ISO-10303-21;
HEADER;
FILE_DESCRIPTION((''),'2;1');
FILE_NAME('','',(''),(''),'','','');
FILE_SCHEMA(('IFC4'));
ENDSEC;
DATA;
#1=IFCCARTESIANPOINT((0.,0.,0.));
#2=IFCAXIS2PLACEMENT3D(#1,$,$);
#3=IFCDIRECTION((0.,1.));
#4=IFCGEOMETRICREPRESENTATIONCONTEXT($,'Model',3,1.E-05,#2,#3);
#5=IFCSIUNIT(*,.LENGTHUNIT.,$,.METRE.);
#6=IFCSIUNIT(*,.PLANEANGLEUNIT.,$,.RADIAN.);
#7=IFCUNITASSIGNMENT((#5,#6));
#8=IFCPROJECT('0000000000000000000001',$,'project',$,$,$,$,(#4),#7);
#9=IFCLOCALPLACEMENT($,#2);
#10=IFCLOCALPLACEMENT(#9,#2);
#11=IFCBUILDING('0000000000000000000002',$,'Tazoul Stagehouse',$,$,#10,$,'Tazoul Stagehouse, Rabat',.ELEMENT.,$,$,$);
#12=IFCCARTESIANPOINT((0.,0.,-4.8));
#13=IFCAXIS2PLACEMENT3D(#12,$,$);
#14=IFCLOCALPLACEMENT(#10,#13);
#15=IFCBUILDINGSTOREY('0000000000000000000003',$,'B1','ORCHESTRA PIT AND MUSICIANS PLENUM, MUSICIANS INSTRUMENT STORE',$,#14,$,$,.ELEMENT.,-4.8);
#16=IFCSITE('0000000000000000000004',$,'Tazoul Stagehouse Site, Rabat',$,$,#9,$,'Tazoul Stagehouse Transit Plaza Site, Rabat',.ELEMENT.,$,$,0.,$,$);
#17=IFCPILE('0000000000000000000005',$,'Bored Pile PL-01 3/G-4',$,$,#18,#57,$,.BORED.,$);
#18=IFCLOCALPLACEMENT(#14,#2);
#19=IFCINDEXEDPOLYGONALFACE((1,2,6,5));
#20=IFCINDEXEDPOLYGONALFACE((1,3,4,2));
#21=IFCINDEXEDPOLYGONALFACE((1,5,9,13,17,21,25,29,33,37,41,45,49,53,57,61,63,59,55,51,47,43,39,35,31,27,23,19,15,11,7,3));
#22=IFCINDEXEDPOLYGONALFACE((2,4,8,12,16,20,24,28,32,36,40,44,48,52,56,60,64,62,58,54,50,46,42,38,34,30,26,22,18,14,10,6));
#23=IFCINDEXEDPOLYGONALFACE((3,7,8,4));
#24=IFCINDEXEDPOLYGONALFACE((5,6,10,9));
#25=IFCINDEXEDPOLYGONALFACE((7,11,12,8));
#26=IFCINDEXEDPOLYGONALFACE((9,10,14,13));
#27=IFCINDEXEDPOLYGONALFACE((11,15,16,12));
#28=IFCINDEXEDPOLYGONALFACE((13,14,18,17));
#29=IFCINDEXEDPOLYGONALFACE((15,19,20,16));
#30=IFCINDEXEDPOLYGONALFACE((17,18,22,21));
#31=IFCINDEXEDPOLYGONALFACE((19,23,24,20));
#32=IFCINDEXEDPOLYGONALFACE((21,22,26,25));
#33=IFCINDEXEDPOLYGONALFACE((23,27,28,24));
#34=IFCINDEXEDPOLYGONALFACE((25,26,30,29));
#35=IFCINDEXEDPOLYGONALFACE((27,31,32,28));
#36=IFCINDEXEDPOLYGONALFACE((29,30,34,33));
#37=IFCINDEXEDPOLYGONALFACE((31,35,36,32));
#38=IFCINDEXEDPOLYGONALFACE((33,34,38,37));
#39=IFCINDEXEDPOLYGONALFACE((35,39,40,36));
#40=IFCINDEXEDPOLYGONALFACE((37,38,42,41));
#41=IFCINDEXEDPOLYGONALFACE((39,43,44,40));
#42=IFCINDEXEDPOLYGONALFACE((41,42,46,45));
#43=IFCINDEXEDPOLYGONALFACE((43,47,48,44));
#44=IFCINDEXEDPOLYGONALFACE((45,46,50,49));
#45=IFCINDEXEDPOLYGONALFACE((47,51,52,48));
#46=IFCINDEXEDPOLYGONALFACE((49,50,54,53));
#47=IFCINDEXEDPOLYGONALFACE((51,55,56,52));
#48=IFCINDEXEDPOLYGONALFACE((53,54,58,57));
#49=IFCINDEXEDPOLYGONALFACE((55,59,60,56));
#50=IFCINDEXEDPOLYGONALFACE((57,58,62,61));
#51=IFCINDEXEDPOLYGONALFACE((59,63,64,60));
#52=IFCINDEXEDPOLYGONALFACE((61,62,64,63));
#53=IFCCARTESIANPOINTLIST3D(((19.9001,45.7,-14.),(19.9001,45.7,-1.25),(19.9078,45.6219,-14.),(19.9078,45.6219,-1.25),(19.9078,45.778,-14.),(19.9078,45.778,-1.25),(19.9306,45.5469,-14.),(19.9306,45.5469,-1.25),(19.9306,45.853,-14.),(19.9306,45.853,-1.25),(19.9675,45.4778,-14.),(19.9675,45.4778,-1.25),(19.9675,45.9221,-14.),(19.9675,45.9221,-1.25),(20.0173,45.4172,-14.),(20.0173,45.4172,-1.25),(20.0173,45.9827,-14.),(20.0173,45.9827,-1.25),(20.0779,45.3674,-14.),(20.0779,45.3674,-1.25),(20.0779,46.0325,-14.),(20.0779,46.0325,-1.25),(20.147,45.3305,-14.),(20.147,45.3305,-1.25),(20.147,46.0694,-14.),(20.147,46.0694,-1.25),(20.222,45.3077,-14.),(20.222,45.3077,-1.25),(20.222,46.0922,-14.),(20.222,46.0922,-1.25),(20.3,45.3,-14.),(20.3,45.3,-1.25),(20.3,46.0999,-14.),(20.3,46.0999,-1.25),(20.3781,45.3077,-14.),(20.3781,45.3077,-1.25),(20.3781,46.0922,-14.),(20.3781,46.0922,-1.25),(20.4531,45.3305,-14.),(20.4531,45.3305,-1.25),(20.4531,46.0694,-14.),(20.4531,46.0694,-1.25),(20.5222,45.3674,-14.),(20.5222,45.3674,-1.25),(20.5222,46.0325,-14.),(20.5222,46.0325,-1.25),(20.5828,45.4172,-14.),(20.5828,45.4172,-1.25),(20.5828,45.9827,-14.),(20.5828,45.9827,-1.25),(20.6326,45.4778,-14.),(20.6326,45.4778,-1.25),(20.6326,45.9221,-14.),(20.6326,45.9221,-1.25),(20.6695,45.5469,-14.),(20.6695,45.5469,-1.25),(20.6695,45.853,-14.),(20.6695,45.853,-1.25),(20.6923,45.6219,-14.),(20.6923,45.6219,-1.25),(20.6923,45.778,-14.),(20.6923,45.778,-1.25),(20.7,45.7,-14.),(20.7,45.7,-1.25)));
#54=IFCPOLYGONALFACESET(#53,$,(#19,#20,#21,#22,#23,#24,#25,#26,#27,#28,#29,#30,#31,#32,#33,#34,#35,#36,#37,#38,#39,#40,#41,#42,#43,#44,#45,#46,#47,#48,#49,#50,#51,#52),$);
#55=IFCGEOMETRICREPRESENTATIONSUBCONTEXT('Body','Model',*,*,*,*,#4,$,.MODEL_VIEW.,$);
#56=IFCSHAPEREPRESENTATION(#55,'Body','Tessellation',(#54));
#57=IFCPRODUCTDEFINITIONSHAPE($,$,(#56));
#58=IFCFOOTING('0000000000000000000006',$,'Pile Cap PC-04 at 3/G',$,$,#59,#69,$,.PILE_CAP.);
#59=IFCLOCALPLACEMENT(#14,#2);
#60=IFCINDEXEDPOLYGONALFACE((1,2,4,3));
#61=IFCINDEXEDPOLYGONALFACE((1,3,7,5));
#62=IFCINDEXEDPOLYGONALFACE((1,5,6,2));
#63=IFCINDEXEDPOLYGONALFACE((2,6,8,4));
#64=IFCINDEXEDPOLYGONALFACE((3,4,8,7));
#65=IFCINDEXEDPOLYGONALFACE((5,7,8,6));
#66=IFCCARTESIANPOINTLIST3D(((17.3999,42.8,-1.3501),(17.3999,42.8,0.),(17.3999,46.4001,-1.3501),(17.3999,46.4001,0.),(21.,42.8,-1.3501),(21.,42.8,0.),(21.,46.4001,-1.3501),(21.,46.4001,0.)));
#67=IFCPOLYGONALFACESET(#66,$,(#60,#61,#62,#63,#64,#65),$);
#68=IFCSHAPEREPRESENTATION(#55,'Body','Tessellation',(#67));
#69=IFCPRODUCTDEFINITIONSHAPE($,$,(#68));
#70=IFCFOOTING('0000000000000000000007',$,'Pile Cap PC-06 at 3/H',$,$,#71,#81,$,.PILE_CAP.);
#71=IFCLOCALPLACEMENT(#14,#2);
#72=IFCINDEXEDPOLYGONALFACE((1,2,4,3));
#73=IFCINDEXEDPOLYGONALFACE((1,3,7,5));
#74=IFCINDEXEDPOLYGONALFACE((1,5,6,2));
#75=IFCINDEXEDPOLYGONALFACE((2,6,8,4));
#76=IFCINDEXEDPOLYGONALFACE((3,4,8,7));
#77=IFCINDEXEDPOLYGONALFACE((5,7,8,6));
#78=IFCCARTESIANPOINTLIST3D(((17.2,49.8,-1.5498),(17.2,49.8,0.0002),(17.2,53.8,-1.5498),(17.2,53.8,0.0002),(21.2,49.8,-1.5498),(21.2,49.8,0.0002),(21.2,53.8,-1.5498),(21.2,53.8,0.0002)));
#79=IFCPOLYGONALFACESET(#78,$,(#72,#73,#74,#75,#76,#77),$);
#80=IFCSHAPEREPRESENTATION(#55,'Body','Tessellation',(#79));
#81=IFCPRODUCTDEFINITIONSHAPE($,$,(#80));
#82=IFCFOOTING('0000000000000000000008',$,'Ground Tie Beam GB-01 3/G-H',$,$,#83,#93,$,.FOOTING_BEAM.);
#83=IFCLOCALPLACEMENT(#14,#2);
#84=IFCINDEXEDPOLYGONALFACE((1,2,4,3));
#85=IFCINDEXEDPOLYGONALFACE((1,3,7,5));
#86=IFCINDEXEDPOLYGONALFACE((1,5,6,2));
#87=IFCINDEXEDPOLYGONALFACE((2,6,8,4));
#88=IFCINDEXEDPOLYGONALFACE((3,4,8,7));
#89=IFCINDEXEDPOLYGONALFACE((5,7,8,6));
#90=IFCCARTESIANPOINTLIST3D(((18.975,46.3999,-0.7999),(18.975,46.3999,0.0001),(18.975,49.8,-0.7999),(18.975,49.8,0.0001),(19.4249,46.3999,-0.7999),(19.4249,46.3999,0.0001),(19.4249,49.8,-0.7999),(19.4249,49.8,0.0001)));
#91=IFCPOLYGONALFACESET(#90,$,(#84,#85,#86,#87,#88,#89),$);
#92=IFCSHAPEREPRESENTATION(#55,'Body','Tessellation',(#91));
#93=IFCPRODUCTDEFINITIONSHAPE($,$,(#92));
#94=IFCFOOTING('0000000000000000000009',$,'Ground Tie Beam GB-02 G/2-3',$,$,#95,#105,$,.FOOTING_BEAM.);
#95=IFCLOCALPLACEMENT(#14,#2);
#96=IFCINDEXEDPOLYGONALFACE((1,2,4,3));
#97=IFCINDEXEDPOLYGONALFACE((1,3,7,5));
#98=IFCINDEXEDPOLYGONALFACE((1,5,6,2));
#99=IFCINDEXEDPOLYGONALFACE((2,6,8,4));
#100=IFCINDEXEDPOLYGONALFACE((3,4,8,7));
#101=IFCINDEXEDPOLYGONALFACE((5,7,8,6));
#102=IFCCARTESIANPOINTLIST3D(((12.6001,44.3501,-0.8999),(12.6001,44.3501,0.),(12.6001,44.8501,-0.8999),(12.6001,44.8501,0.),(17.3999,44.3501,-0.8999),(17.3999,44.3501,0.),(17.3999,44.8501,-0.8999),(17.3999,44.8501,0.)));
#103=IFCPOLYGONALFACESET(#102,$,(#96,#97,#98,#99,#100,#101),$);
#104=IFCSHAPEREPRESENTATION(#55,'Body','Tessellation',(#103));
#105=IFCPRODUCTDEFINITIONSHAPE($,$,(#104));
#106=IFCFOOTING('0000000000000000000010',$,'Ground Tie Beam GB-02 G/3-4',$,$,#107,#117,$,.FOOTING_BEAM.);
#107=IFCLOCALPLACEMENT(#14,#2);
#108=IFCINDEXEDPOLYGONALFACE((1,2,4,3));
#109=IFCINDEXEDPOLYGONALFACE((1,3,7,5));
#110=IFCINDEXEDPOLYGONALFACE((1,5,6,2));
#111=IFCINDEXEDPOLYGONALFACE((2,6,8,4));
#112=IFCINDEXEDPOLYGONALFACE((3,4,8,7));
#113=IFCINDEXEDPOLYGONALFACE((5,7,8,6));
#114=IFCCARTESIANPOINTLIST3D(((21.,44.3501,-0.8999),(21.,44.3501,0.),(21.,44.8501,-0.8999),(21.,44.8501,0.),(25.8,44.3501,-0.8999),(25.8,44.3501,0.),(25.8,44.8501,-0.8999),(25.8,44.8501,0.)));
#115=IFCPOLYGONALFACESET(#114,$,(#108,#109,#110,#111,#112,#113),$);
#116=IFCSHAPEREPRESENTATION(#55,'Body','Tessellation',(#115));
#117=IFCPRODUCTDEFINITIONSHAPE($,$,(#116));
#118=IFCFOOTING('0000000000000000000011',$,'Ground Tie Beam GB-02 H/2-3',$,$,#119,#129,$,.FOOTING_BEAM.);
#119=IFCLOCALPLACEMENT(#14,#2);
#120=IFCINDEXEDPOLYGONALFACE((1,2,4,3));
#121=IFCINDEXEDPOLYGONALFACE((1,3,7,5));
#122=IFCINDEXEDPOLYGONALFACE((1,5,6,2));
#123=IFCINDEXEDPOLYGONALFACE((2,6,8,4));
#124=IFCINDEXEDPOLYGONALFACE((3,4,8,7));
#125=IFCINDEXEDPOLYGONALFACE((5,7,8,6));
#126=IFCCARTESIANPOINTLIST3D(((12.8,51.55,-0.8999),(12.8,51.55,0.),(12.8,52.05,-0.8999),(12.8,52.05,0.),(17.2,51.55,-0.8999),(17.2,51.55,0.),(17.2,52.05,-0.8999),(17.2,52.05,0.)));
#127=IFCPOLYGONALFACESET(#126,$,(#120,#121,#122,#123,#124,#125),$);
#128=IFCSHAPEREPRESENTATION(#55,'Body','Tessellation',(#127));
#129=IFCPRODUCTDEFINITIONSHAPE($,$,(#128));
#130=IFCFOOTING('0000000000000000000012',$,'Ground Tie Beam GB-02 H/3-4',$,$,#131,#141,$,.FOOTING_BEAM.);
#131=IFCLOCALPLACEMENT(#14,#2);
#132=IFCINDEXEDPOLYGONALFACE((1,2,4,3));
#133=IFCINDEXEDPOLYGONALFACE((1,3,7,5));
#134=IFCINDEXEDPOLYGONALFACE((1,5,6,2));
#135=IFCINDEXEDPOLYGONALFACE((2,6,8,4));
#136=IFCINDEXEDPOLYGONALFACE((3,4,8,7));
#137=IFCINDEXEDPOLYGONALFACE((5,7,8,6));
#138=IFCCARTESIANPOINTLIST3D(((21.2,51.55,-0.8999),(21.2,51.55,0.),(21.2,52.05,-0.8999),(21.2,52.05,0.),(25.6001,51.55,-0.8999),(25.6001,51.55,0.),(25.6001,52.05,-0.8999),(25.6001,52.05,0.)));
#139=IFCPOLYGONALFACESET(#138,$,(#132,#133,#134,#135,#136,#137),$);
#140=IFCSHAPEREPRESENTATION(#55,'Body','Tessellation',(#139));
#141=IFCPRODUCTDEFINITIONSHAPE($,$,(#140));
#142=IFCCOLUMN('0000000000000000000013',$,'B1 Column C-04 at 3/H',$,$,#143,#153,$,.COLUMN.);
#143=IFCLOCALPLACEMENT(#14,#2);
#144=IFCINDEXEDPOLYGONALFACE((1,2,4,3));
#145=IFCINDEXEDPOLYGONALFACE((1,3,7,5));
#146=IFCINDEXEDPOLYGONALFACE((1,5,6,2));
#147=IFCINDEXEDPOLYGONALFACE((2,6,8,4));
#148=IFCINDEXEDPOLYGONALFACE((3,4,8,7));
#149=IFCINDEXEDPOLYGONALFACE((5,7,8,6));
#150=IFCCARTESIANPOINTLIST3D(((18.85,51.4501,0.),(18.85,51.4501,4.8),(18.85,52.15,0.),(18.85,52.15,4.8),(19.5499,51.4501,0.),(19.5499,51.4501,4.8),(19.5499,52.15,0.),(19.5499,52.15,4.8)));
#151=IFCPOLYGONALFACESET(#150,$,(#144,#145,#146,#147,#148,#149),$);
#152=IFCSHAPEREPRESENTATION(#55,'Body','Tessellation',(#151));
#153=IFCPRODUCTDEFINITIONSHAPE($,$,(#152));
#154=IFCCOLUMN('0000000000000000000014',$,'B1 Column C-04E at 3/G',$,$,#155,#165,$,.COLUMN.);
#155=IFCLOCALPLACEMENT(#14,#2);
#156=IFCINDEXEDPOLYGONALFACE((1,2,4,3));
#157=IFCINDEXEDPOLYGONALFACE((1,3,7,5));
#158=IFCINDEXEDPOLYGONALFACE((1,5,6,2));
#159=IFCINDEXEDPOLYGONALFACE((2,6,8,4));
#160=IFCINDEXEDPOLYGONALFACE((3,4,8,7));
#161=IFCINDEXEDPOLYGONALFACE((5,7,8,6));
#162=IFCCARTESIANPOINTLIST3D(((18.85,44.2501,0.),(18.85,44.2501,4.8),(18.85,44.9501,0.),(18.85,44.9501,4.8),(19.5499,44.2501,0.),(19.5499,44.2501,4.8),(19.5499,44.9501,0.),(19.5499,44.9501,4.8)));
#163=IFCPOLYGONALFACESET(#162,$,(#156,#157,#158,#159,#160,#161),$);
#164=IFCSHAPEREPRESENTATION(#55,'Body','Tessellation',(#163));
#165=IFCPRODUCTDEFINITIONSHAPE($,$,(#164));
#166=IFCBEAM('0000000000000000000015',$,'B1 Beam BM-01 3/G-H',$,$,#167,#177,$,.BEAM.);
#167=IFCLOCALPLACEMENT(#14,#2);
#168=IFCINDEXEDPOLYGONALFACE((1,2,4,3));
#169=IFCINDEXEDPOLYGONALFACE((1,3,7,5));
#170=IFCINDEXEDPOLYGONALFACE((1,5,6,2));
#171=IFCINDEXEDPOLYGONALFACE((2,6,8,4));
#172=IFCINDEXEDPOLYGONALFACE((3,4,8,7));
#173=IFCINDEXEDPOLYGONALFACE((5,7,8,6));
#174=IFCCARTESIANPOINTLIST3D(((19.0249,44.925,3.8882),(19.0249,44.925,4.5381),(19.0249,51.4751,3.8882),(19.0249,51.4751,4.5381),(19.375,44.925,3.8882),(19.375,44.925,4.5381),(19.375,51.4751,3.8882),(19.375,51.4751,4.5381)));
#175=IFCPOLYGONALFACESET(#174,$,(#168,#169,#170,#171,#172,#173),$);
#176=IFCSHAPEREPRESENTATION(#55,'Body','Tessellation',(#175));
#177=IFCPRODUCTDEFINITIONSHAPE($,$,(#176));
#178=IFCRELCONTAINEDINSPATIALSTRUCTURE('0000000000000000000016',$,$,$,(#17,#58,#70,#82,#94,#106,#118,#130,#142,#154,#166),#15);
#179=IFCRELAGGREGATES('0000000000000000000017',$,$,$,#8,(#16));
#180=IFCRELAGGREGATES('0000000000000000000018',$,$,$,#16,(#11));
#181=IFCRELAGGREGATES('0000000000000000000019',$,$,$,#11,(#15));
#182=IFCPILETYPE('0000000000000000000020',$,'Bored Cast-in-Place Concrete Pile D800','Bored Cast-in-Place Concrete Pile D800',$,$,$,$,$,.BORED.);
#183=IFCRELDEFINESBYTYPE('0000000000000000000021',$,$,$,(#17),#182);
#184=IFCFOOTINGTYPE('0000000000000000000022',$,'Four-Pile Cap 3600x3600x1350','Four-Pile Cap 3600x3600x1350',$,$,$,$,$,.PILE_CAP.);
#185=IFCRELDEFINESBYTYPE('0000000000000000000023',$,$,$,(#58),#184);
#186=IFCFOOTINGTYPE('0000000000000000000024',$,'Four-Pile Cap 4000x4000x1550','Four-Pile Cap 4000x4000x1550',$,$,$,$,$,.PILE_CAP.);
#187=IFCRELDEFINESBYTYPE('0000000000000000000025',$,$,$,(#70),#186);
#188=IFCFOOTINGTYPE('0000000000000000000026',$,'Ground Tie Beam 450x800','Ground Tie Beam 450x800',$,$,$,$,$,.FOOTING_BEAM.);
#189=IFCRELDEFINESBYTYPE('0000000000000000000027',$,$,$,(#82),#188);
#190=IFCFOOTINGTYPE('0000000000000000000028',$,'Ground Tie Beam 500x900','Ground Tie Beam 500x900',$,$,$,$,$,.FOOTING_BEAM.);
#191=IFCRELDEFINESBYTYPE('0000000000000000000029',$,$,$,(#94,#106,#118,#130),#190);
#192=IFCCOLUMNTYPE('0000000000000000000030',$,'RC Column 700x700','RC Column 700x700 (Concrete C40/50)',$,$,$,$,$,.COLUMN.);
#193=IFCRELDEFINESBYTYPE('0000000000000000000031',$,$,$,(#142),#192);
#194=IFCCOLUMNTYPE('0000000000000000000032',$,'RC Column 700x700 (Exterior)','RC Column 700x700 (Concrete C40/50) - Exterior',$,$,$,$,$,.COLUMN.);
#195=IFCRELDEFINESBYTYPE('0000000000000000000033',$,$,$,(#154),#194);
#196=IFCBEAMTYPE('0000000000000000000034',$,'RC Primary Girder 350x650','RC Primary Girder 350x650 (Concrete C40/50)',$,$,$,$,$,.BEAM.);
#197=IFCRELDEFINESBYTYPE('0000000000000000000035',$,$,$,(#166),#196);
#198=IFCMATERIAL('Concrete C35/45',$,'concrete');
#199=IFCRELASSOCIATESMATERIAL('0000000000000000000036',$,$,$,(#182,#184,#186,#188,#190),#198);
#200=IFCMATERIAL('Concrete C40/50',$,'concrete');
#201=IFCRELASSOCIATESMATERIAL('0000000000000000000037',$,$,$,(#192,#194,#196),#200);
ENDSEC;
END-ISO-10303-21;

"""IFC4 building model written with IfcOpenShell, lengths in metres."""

from ifc_helpers import new_model, si_unit, direction, frame, origin, origin_2d, place, context, subcontext, project, spatial, rectangle, circle, extrude, material, material_profile, profile_set, type_object, element, save


model = new_model("IFC4")

# Units and contexts
model_context = context("Model", 3, precision=1e-05, world=origin(), true_north=direction((0.0, 1.0)))
body_context = subcontext(model_context, "Body", "Model", "MODEL_VIEW")
ifc_project = project(units=[si_unit("LENGTHUNIT", "METRE"), si_unit("PLANEANGLEUNIT", "RADIAN")], contexts=[model_context])

# Site, building, storey
site_placement = place(None, origin())
site = spatial("IfcSite", under=ifc_project, at=site_placement, Name="Tazoul Stagehouse Site, Rabat", LongName="Tazoul Stagehouse Transit Plaza Site, Rabat", CompositionType="ELEMENT", RefElevation=0.0)
building_placement = place(site_placement, origin())
building = spatial("IfcBuilding", under=site, at=building_placement, Name="Tazoul Stagehouse", LongName="Tazoul Stagehouse, Rabat", CompositionType="ELEMENT")
storey_placement = place(building_placement, frame((0.0, 0.0, -4.8)))
storey = spatial("IfcBuildingStorey", under=building, at=storey_placement, Name="B1", Description="ORCHESTRA PIT AND MUSICIANS PLENUM, MUSICIANS INSTRUMENT STORE", CompositionType="ELEMENT", Elevation=-4.8)

# Pile
ifc_material_1 = material(Name="Concrete C35/45", Category="concrete")
ifc_material_profile_1 = material_profile(ifc_material_1, circle(Radius=0.3999, at=origin_2d()), Name="BORED PILE 800")
ifc_profile_set_1 = profile_set([ifc_material_profile_1], Name="Concrete C35/45")
pile_type_1 = type_object("IfcPileType", Name="Bored Cast-in-Place Concrete Pile D800", Description="Bored Cast-in-Place Concrete Pile D800", PredefinedType="BORED", material=ifc_profile_set_1)
for number, where, z_axis, x_axis, name in (
    (1, (20.3, 45.7, -1.25), (0.0, 0.0, -1.0), (1.0, 0.0, 0.0), "Bored Pile PL-01 3/G-4"),
):
    element("IfcPile", number, at=place(storey_placement, frame(where, z_axis=z_axis, x_axis=x_axis)), inside=storey, type_object=pile_type_1, Name=name, PredefinedType="BORED", context=body_context, shape_type="SweptSolid", body=[
        extrude(circle(Radius=0.3999, at=origin_2d()), origin(), (0.0, 0.0, 1.0), 12.75),
    ])

# Footings
footing_type_1 = type_object("IfcFootingType", Name="Four-Pile Cap 3600x3600x1350", Description="Four-Pile Cap 3600x3600x1350", PredefinedType="PILE_CAP", material=ifc_material_1)
footing_1_placement = place(storey_placement, frame((19.2, 44.6001, -1.3501), z_axis=(0.0, 0.0, 1.0), x_axis=(1.0, 0.0, 0.0)))
element("IfcFooting", 2, at=footing_1_placement, inside=storey, type_object=footing_type_1, Name="Pile Cap PC-04 at 3/G", PredefinedType="PILE_CAP", context=body_context, shape_type="SweptSolid", body=[
    extrude(rectangle(XDim=3.6001, YDim=3.6001, at=origin_2d()), origin(), (0.0, 0.0, 1.0), 1.3501),
])
footing_type_2 = type_object("IfcFootingType", Name="Four-Pile Cap 4000x4000x1550", Description="Four-Pile Cap 4000x4000x1550", PredefinedType="PILE_CAP", material=ifc_material_1)
footing_2_placement = place(storey_placement, frame((19.2, 51.8, -1.5498), z_axis=(0.0, 0.0, 1.0), x_axis=(1.0, 0.0, 0.0)))
element("IfcFooting", 3, at=footing_2_placement, inside=storey, type_object=footing_type_2, Name="Pile Cap PC-06 at 3/H", PredefinedType="PILE_CAP", context=body_context, shape_type="SweptSolid", body=[
    extrude(rectangle(XDim=4.0, YDim=4.0, at=origin_2d()), origin(), (0.0, 0.0, 1.0), 1.55),
])
ifc_material_profile_2 = material_profile(ifc_material_1, rectangle(XDim=0.45, YDim=0.8, at=origin_2d()), Name="RC 450x800")
ifc_profile_set_2 = profile_set([ifc_material_profile_2], Name="Concrete C35/45")
footing_type_3 = type_object("IfcFootingType", Name="Ground Tie Beam 450x800", Description="Ground Tie Beam 450x800", PredefinedType="FOOTING_BEAM", material=ifc_profile_set_2)
footing_3_placement = place(storey_placement, frame((19.2, 46.3999, -0.3999), z_axis=(0.0, 1.0, 0.0), x_axis=(-1.0, 0.0, 0.0)))
element("IfcFooting", 4, at=footing_3_placement, inside=storey, type_object=footing_type_3, Name="Ground Tie Beam GB-01 3/G-H", PredefinedType="FOOTING_BEAM", context=body_context, shape_type="SweptSolid", body=[
    extrude(rectangle(XDim=0.45, YDim=0.8, at=origin_2d()), origin(), (0.0, 0.0, 1.0), 3.4001),
])
ifc_material_profile_3 = material_profile(ifc_material_1, rectangle(XDim=0.5, YDim=0.8999, at=origin_2d()), Name="RC 500x900")
ifc_profile_set_3 = profile_set([ifc_material_profile_3], Name="Concrete C35/45")
footing_type_4 = type_object("IfcFootingType", Name="Ground Tie Beam 500x900", Description="Ground Tie Beam 500x900", PredefinedType="FOOTING_BEAM", material=ifc_profile_set_3)
footing_4_placement = place(storey_placement, frame((12.6001, 44.6001, -0.45), z_axis=(1.0, 0.0, 0.0), x_axis=(0.0, 1.0, 0.0)))
element("IfcFooting", 5, at=footing_4_placement, inside=storey, type_object=footing_type_4, Name="Ground Tie Beam GB-02 G/2-3", PredefinedType="FOOTING_BEAM", context=body_context, shape_type="SweptSolid", body=[
    extrude(rectangle(XDim=0.5, YDim=0.8999, at=origin_2d()), origin(), (0.0, 0.0, 1.0), 4.7998),
])
footing_5_placement = place(storey_placement, frame((21.0, 44.6001, -0.45), z_axis=(1.0, 0.0, 0.0), x_axis=(0.0, 1.0, 0.0)))
element("IfcFooting", 6, at=footing_5_placement, inside=storey, type_object=footing_type_4, Name="Ground Tie Beam GB-02 G/3-4", PredefinedType="FOOTING_BEAM", context=body_context, shape_type="SweptSolid", body=[
    extrude(rectangle(XDim=0.5, YDim=0.8999, at=origin_2d()), origin(), (0.0, 0.0, 1.0), 4.8),
])
footing_6_placement = place(storey_placement, frame((12.8, 51.8, -0.45), z_axis=(1.0, 0.0, 0.0), x_axis=(0.0, 1.0, 0.0)))
element("IfcFooting", 7, at=footing_6_placement, inside=storey, type_object=footing_type_4, Name="Ground Tie Beam GB-02 H/2-3", PredefinedType="FOOTING_BEAM", context=body_context, shape_type="SweptSolid", body=[
    extrude(rectangle(XDim=0.5, YDim=0.8999, at=origin_2d()), origin(), (0.0, 0.0, 1.0), 4.3999),
])
footing_7_placement = place(storey_placement, frame((21.2, 51.8, -0.45), z_axis=(1.0, 0.0, 0.0), x_axis=(0.0, 1.0, 0.0)))
element("IfcFooting", 8, at=footing_7_placement, inside=storey, type_object=footing_type_4, Name="Ground Tie Beam GB-02 H/3-4", PredefinedType="FOOTING_BEAM", context=body_context, shape_type="SweptSolid", body=[
    extrude(rectangle(XDim=0.5, YDim=0.8999, at=origin_2d()), origin(), (0.0, 0.0, 1.0), 4.4001),
])

# Columns
ifc_material_2 = material(Name="Concrete C40/50", Category="concrete")
ifc_material_profile_4 = material_profile(ifc_material_2, rectangle(XDim=0.7, YDim=0.7, at=origin_2d()), Name="RC 700x700")
ifc_profile_set_4 = profile_set([ifc_material_profile_4], Name="Concrete C40/50")
column_type_1 = type_object("IfcColumnType", Name="RC Column 700x700", Description="RC Column 700x700 (Concrete C40/50)", PredefinedType="COLUMN", material=ifc_profile_set_4)
column_1_placement = place(storey_placement, frame((19.2, 51.8, 0.0), z_axis=(0.0, 0.0, 1.0), x_axis=(1.0, 0.0, 0.0)))
element("IfcColumn", 9, at=column_1_placement, inside=storey, type_object=column_type_1, Name="B1 Column C-04 at 3/H", PredefinedType="COLUMN", context=body_context, shape_type="SweptSolid", body=[
    extrude(rectangle(XDim=0.7, YDim=0.7, at=origin_2d()), origin(), (0.0, 0.0, 1.0), 4.8),
])
ifc_material_profile_5 = material_profile(ifc_material_2, rectangle(XDim=0.7, YDim=0.7, at=origin_2d()), Name="RC 700x700")
ifc_profile_set_5 = profile_set([ifc_material_profile_5], Name="Concrete C40/50")
column_type_2 = type_object("IfcColumnType", Name="RC Column 700x700 (Exterior)", Description="RC Column 700x700 (Concrete C40/50) - Exterior", PredefinedType="COLUMN", material=ifc_profile_set_5)
column_2_placement = place(storey_placement, frame((19.2, 44.6001, 0.0), z_axis=(0.0, 0.0, 1.0), x_axis=(1.0, 0.0, 0.0)))
element("IfcColumn", 10, at=column_2_placement, inside=storey, type_object=column_type_2, Name="B1 Column C-04E at 3/G", PredefinedType="COLUMN", context=body_context, shape_type="SweptSolid", body=[
    extrude(rectangle(XDim=0.7, YDim=0.7, at=origin_2d()), origin(), (0.0, 0.0, 1.0), 4.8),
])

# Beam
ifc_material_profile_6 = material_profile(ifc_material_2, rectangle(XDim=0.3501, YDim=0.6499, at=origin_2d()), Name="RC 350x650")
ifc_profile_set_6 = profile_set([ifc_material_profile_6], Name="Concrete C40/50")
beam_type_1 = type_object("IfcBeamType", Name="RC Primary Girder 350x650", Description="RC Primary Girder 350x650 (Concrete C40/50)", PredefinedType="BEAM", material=ifc_profile_set_6)
for number, where, z_axis, x_axis, name in (
    (11, (19.2, 44.925, 4.2131), (0.0, 1.0, 0.0), (-1.0, 0.0, 0.0), "B1 Beam BM-01 3/G-H"),
):
    element("IfcBeam", number, at=place(storey_placement, frame(where, z_axis=z_axis, x_axis=x_axis)), inside=storey, type_object=beam_type_1, Name=name, PredefinedType="BEAM", context=body_context, shape_type="SweptSolid", body=[
        extrude(rectangle(XDim=0.3501, YDim=0.6499, at=origin_2d()), origin(), (0.0, 0.0, 1.0), 6.55),
    ])

save(model, "model.ifc")
